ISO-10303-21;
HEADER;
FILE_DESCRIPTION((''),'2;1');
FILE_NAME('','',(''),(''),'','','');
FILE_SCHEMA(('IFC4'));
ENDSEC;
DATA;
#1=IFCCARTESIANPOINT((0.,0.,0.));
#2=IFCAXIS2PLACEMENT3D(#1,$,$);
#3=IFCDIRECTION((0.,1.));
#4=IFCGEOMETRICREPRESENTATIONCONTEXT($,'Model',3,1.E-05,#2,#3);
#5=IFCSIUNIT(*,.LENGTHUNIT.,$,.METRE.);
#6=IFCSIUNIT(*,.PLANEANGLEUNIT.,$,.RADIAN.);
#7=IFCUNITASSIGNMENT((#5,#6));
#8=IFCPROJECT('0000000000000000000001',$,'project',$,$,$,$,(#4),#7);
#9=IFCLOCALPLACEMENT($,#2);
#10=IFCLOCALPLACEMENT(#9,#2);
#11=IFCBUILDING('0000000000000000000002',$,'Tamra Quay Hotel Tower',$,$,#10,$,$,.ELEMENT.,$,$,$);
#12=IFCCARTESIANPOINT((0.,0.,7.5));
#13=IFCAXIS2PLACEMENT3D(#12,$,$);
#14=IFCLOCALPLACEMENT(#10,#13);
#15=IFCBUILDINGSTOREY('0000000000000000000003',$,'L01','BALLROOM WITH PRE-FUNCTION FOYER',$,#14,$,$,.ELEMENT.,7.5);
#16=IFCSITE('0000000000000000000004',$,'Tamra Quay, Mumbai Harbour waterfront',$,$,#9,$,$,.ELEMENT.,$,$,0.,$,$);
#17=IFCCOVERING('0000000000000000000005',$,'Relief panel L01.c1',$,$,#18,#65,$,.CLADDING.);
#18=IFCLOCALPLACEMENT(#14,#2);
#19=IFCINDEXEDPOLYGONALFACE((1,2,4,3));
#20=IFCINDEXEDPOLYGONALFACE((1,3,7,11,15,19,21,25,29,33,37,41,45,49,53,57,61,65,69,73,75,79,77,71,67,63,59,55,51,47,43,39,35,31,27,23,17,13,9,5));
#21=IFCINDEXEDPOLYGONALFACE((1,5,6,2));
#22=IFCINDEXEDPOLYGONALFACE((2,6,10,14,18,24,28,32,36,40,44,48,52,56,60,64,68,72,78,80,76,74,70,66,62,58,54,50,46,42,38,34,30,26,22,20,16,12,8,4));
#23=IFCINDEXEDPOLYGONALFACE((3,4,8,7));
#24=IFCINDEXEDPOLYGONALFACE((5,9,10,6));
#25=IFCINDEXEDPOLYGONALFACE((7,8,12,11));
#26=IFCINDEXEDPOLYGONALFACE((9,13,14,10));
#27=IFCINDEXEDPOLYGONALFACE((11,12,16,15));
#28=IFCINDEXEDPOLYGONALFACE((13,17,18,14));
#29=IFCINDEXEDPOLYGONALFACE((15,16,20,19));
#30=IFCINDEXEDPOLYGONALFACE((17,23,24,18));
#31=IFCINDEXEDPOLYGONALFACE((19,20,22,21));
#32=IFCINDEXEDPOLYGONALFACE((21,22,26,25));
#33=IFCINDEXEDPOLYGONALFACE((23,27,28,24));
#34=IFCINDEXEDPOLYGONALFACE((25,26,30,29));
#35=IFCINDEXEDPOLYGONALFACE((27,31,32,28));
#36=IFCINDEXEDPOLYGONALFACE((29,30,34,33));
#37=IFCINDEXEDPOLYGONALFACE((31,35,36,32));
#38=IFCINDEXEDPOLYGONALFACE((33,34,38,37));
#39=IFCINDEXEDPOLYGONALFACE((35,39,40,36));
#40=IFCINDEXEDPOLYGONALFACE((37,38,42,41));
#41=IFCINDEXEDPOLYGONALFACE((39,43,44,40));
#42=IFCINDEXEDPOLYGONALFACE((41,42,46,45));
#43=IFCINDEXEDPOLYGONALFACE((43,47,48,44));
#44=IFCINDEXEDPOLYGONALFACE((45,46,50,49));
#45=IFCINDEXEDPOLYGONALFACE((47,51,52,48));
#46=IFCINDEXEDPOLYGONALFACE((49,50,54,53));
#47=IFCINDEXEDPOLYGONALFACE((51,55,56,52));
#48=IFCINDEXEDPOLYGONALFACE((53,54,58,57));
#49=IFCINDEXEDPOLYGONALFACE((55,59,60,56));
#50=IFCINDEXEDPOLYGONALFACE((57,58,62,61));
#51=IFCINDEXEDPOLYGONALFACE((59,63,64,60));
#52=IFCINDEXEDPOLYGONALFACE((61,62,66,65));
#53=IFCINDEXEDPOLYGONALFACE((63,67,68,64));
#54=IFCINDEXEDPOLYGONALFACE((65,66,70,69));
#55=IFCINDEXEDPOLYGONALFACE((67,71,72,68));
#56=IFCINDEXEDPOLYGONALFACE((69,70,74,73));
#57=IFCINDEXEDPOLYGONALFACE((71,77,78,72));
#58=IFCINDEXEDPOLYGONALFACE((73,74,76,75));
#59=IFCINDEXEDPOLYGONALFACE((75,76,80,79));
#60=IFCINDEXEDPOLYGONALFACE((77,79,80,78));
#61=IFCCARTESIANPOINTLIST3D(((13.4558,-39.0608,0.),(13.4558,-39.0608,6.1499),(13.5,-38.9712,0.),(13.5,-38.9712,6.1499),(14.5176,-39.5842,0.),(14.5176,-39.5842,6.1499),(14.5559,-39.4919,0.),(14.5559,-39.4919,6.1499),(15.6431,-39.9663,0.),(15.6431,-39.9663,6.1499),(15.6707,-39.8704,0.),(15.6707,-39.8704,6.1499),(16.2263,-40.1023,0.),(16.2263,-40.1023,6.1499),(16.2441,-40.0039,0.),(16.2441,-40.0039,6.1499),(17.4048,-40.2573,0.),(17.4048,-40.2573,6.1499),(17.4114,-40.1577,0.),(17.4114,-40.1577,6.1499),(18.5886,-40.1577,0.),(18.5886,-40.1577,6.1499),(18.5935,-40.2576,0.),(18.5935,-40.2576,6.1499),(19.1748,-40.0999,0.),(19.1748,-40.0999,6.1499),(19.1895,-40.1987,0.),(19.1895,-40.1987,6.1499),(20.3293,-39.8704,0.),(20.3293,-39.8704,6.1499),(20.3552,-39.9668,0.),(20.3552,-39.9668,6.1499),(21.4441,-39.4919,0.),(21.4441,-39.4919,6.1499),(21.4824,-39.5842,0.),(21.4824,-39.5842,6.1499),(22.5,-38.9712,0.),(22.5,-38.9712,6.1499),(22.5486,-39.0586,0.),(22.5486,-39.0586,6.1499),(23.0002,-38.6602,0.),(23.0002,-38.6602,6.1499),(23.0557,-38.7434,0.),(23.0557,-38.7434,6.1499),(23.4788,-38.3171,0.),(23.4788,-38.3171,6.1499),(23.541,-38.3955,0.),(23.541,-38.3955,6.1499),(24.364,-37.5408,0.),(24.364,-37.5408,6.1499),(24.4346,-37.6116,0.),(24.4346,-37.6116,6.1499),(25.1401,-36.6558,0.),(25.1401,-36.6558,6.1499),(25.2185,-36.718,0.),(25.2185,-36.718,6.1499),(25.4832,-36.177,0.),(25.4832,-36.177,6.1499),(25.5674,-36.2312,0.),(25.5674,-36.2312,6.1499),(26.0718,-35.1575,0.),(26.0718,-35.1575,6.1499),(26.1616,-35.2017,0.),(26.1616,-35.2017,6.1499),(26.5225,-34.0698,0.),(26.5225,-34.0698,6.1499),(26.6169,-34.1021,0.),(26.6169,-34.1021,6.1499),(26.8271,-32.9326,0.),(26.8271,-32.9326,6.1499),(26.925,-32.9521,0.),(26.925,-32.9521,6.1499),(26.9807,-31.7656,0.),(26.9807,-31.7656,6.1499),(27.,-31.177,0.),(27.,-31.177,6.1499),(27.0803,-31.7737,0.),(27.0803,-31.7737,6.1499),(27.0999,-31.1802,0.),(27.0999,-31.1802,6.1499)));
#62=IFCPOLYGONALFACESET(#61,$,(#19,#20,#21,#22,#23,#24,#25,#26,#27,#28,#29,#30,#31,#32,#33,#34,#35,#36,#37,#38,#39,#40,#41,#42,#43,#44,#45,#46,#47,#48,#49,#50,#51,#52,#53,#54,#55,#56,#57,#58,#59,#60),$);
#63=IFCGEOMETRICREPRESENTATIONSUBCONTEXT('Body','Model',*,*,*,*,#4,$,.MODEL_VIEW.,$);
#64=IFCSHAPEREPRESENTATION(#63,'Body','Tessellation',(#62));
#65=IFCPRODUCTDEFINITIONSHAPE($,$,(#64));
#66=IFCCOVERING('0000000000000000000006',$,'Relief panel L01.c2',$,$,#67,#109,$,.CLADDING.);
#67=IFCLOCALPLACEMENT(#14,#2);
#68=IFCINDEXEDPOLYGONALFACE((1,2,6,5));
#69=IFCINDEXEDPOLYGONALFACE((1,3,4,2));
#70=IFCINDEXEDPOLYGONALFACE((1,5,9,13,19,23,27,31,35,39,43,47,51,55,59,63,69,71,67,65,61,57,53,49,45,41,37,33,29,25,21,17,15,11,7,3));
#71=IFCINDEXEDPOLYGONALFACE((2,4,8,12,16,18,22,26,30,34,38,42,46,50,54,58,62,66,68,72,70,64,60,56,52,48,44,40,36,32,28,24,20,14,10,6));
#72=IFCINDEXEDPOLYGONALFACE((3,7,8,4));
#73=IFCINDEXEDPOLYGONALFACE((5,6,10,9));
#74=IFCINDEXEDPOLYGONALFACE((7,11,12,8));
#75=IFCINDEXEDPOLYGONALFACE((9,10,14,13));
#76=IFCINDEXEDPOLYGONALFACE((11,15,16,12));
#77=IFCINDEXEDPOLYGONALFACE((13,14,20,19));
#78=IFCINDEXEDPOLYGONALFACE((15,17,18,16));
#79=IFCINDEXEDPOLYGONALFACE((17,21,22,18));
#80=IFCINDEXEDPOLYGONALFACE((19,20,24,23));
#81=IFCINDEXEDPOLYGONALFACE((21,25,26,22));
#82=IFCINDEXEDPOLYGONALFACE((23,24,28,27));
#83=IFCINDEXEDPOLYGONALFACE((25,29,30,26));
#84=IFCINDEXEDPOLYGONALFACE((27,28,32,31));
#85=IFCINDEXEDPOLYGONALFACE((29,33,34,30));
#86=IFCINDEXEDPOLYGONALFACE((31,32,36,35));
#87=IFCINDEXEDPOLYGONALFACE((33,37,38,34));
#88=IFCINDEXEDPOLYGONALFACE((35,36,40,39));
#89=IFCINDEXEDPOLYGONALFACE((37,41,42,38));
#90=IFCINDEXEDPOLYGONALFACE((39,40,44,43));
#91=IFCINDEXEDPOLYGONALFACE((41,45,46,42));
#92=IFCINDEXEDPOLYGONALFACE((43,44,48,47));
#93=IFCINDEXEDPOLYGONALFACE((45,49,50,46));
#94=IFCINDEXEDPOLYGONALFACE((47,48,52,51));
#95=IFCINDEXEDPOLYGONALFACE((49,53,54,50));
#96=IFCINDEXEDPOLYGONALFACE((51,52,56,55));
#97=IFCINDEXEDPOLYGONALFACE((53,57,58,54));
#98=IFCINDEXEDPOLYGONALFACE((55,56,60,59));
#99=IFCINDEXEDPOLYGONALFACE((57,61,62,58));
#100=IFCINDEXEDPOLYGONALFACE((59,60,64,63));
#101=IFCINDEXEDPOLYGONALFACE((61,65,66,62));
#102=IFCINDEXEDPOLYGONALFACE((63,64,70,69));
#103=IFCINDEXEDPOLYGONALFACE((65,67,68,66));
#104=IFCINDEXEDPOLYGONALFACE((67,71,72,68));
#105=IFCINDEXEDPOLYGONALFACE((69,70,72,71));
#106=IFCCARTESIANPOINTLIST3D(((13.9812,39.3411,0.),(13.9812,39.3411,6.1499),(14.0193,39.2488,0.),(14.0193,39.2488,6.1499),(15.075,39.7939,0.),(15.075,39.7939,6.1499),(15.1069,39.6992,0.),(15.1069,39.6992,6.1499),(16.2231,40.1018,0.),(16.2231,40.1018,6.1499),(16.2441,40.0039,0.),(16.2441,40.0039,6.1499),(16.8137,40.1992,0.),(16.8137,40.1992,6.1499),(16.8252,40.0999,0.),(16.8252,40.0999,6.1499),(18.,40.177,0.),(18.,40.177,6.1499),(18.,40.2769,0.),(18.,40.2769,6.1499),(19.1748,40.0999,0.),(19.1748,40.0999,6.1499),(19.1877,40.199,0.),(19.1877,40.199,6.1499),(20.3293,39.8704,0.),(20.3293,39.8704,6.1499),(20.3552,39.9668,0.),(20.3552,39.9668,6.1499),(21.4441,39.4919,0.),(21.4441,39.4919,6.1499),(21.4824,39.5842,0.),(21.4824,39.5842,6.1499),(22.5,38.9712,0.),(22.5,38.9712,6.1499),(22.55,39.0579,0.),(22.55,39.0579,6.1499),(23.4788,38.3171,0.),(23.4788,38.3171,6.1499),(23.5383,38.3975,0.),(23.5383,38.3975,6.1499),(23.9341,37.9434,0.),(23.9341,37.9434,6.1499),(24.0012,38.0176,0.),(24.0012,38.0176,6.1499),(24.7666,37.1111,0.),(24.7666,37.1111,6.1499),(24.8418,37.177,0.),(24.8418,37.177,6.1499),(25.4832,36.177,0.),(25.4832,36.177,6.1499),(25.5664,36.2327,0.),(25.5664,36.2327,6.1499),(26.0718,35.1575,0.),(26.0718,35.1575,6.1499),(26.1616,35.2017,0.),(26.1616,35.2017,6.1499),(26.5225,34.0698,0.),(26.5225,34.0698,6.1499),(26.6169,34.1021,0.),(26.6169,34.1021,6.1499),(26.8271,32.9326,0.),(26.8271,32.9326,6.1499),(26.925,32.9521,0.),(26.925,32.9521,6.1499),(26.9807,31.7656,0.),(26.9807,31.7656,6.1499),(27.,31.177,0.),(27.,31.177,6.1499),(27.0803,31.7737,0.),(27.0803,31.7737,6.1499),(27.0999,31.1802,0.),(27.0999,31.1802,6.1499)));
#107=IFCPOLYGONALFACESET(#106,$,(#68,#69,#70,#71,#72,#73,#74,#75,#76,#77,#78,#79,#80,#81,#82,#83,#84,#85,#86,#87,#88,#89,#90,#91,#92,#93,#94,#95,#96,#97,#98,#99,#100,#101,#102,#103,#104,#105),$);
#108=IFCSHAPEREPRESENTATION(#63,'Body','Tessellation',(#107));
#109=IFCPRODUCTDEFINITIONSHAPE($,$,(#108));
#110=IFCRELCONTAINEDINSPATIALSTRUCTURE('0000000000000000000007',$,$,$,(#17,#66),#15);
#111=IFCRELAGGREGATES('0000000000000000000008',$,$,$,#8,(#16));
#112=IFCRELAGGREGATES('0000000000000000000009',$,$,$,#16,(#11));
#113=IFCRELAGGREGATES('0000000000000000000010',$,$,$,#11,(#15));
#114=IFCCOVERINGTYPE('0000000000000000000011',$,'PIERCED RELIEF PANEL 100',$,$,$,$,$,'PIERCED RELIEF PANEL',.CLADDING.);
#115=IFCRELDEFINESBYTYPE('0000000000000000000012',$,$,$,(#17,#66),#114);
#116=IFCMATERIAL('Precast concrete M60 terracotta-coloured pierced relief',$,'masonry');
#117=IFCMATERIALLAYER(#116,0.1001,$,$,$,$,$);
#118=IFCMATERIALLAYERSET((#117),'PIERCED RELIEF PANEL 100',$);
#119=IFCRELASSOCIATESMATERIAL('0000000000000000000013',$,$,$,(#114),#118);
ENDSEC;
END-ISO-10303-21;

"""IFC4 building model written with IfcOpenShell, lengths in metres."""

from ifc_helpers import new_model, si_unit, direction, frame, origin, place, context, subcontext, project, spatial, polyline, outline, extrude, material, layer, layer_set, type_object, element, save


model = new_model("IFC4")

# Units and contexts
model_context = context("Model", 3, precision=1e-05, world=origin(), true_north=direction((0.0, 1.0)))
body_context = subcontext(model_context, "Body", "Model", "MODEL_VIEW")
ifc_project = project(units=[si_unit("LENGTHUNIT", "METRE"), si_unit("PLANEANGLEUNIT", "RADIAN")], contexts=[model_context])

# Site, building, storey
site_placement = place(None, origin())
site = spatial("IfcSite", under=ifc_project, at=site_placement, Name="Tamra Quay, Mumbai Harbour waterfront", CompositionType="ELEMENT", RefElevation=0.0)
building_placement = place(site_placement, origin())
building = spatial("IfcBuilding", under=site, at=building_placement, Name="Tamra Quay Hotel Tower", CompositionType="ELEMENT")
storey_placement = place(building_placement, frame((0.0, 0.0, 7.5)))
storey = spatial("IfcBuildingStorey", under=building, at=storey_placement, Name="L01", Description="BALLROOM WITH PRE-FUNCTION FOYER", CompositionType="ELEMENT", Elevation=7.5)

# Coverings
ifc_material_1 = material(Name="Precast concrete M60 terracotta-coloured pierced relief", Category="masonry")
ifc_layer_1 = layer(ifc_material_1, 0.1001)
ifc_layer_set_1 = layer_set([ifc_layer_1], Name="PIERCED RELIEF PANEL 100")
covering_type = type_object("IfcCoveringType", Name="PIERCED RELIEF PANEL 100", ElementType="PIERCED RELIEF PANEL", PredefinedType="CLADDING", material=ifc_layer_set_1)
covering_1_placement = place(storey_placement, origin())
element("IfcCovering", 1, at=covering_1_placement, inside=storey, type_object=covering_type, Name="Relief panel L01.c1", PredefinedType="CLADDING", context=body_context, shape_type="SweptSolid", body=[
    extrude(outline(polyline([(13.5, -38.9712), (14.5559, -39.4919), (15.6707, -39.8704), (16.2441, -40.0039), (17.4114, -40.1577), (18.5886, -40.1577), (19.1748, -40.0999), (20.3293, -39.8704), (21.4441, -39.4919), (22.5, -38.9712), (23.0002, -38.6602), (23.4788, -38.3171), (24.364, -37.5408), (25.1401, -36.6558), (25.4832, -36.177), (26.0718, -35.1575), (26.5225, -34.0698), (26.8271, -32.9326), (26.9807, -31.7656), (27.0, -31.177), (27.0999, -31.1802), (27.0803, -31.7737), (26.925, -32.9521), (26.6169, -34.1021), (26.1616, -35.2017), (25.5674, -36.2312), (25.2185, -36.718), (24.4346, -37.6116), (23.541, -38.3955), (23.0557, -38.7434), (22.5486, -39.0586), (21.4824, -39.5842), (20.3552, -39.9668), (19.1895, -40.1987), (18.5935, -40.2576), (17.4048, -40.2573), (16.2263, -40.1023), (15.6431, -39.9663), (14.5176, -39.5842), (13.4558, -39.0608), (13.5, -38.9712)])), origin(), (0.0, 0.0, 1.0), 6.1499),
])
covering_2_placement = place(storey_placement, origin())
element("IfcCovering", 2, at=covering_2_placement, inside=storey, type_object=covering_type, Name="Relief panel L01.c2", PredefinedType="CLADDING", context=body_context, shape_type="SweptSolid", body=[
    extrude(outline(polyline([(27.0, 31.177), (26.9807, 31.7656), (26.8271, 32.9326), (26.5225, 34.0698), (26.0718, 35.1575), (25.4832, 36.177), (24.7666, 37.1111), (23.9341, 37.9434), (23.4788, 38.3171), (22.5, 38.9712), (21.4441, 39.4919), (20.3293, 39.8704), (19.1748, 40.0999), (18.0, 40.177), (16.8252, 40.0999), (16.2441, 40.0039), (15.1069, 39.6992), (14.0193, 39.2488), (13.9812, 39.3411), (15.075, 39.7939), (16.2231, 40.1018), (16.8137, 40.1992), (18.0, 40.2769), (19.1877, 40.199), (20.3552, 39.9668), (21.4824, 39.5842), (22.55, 39.0579), (23.5383, 38.3975), (24.0012, 38.0176), (24.8418, 37.177), (25.5664, 36.2327), (26.1616, 35.2017), (26.6169, 34.1021), (26.925, 32.9521), (27.0803, 31.7737), (27.0999, 31.1802), (27.0, 31.177)])), origin(), (0.0, 0.0, 1.0), 6.1499),
])

save(model, "model.ifc")
